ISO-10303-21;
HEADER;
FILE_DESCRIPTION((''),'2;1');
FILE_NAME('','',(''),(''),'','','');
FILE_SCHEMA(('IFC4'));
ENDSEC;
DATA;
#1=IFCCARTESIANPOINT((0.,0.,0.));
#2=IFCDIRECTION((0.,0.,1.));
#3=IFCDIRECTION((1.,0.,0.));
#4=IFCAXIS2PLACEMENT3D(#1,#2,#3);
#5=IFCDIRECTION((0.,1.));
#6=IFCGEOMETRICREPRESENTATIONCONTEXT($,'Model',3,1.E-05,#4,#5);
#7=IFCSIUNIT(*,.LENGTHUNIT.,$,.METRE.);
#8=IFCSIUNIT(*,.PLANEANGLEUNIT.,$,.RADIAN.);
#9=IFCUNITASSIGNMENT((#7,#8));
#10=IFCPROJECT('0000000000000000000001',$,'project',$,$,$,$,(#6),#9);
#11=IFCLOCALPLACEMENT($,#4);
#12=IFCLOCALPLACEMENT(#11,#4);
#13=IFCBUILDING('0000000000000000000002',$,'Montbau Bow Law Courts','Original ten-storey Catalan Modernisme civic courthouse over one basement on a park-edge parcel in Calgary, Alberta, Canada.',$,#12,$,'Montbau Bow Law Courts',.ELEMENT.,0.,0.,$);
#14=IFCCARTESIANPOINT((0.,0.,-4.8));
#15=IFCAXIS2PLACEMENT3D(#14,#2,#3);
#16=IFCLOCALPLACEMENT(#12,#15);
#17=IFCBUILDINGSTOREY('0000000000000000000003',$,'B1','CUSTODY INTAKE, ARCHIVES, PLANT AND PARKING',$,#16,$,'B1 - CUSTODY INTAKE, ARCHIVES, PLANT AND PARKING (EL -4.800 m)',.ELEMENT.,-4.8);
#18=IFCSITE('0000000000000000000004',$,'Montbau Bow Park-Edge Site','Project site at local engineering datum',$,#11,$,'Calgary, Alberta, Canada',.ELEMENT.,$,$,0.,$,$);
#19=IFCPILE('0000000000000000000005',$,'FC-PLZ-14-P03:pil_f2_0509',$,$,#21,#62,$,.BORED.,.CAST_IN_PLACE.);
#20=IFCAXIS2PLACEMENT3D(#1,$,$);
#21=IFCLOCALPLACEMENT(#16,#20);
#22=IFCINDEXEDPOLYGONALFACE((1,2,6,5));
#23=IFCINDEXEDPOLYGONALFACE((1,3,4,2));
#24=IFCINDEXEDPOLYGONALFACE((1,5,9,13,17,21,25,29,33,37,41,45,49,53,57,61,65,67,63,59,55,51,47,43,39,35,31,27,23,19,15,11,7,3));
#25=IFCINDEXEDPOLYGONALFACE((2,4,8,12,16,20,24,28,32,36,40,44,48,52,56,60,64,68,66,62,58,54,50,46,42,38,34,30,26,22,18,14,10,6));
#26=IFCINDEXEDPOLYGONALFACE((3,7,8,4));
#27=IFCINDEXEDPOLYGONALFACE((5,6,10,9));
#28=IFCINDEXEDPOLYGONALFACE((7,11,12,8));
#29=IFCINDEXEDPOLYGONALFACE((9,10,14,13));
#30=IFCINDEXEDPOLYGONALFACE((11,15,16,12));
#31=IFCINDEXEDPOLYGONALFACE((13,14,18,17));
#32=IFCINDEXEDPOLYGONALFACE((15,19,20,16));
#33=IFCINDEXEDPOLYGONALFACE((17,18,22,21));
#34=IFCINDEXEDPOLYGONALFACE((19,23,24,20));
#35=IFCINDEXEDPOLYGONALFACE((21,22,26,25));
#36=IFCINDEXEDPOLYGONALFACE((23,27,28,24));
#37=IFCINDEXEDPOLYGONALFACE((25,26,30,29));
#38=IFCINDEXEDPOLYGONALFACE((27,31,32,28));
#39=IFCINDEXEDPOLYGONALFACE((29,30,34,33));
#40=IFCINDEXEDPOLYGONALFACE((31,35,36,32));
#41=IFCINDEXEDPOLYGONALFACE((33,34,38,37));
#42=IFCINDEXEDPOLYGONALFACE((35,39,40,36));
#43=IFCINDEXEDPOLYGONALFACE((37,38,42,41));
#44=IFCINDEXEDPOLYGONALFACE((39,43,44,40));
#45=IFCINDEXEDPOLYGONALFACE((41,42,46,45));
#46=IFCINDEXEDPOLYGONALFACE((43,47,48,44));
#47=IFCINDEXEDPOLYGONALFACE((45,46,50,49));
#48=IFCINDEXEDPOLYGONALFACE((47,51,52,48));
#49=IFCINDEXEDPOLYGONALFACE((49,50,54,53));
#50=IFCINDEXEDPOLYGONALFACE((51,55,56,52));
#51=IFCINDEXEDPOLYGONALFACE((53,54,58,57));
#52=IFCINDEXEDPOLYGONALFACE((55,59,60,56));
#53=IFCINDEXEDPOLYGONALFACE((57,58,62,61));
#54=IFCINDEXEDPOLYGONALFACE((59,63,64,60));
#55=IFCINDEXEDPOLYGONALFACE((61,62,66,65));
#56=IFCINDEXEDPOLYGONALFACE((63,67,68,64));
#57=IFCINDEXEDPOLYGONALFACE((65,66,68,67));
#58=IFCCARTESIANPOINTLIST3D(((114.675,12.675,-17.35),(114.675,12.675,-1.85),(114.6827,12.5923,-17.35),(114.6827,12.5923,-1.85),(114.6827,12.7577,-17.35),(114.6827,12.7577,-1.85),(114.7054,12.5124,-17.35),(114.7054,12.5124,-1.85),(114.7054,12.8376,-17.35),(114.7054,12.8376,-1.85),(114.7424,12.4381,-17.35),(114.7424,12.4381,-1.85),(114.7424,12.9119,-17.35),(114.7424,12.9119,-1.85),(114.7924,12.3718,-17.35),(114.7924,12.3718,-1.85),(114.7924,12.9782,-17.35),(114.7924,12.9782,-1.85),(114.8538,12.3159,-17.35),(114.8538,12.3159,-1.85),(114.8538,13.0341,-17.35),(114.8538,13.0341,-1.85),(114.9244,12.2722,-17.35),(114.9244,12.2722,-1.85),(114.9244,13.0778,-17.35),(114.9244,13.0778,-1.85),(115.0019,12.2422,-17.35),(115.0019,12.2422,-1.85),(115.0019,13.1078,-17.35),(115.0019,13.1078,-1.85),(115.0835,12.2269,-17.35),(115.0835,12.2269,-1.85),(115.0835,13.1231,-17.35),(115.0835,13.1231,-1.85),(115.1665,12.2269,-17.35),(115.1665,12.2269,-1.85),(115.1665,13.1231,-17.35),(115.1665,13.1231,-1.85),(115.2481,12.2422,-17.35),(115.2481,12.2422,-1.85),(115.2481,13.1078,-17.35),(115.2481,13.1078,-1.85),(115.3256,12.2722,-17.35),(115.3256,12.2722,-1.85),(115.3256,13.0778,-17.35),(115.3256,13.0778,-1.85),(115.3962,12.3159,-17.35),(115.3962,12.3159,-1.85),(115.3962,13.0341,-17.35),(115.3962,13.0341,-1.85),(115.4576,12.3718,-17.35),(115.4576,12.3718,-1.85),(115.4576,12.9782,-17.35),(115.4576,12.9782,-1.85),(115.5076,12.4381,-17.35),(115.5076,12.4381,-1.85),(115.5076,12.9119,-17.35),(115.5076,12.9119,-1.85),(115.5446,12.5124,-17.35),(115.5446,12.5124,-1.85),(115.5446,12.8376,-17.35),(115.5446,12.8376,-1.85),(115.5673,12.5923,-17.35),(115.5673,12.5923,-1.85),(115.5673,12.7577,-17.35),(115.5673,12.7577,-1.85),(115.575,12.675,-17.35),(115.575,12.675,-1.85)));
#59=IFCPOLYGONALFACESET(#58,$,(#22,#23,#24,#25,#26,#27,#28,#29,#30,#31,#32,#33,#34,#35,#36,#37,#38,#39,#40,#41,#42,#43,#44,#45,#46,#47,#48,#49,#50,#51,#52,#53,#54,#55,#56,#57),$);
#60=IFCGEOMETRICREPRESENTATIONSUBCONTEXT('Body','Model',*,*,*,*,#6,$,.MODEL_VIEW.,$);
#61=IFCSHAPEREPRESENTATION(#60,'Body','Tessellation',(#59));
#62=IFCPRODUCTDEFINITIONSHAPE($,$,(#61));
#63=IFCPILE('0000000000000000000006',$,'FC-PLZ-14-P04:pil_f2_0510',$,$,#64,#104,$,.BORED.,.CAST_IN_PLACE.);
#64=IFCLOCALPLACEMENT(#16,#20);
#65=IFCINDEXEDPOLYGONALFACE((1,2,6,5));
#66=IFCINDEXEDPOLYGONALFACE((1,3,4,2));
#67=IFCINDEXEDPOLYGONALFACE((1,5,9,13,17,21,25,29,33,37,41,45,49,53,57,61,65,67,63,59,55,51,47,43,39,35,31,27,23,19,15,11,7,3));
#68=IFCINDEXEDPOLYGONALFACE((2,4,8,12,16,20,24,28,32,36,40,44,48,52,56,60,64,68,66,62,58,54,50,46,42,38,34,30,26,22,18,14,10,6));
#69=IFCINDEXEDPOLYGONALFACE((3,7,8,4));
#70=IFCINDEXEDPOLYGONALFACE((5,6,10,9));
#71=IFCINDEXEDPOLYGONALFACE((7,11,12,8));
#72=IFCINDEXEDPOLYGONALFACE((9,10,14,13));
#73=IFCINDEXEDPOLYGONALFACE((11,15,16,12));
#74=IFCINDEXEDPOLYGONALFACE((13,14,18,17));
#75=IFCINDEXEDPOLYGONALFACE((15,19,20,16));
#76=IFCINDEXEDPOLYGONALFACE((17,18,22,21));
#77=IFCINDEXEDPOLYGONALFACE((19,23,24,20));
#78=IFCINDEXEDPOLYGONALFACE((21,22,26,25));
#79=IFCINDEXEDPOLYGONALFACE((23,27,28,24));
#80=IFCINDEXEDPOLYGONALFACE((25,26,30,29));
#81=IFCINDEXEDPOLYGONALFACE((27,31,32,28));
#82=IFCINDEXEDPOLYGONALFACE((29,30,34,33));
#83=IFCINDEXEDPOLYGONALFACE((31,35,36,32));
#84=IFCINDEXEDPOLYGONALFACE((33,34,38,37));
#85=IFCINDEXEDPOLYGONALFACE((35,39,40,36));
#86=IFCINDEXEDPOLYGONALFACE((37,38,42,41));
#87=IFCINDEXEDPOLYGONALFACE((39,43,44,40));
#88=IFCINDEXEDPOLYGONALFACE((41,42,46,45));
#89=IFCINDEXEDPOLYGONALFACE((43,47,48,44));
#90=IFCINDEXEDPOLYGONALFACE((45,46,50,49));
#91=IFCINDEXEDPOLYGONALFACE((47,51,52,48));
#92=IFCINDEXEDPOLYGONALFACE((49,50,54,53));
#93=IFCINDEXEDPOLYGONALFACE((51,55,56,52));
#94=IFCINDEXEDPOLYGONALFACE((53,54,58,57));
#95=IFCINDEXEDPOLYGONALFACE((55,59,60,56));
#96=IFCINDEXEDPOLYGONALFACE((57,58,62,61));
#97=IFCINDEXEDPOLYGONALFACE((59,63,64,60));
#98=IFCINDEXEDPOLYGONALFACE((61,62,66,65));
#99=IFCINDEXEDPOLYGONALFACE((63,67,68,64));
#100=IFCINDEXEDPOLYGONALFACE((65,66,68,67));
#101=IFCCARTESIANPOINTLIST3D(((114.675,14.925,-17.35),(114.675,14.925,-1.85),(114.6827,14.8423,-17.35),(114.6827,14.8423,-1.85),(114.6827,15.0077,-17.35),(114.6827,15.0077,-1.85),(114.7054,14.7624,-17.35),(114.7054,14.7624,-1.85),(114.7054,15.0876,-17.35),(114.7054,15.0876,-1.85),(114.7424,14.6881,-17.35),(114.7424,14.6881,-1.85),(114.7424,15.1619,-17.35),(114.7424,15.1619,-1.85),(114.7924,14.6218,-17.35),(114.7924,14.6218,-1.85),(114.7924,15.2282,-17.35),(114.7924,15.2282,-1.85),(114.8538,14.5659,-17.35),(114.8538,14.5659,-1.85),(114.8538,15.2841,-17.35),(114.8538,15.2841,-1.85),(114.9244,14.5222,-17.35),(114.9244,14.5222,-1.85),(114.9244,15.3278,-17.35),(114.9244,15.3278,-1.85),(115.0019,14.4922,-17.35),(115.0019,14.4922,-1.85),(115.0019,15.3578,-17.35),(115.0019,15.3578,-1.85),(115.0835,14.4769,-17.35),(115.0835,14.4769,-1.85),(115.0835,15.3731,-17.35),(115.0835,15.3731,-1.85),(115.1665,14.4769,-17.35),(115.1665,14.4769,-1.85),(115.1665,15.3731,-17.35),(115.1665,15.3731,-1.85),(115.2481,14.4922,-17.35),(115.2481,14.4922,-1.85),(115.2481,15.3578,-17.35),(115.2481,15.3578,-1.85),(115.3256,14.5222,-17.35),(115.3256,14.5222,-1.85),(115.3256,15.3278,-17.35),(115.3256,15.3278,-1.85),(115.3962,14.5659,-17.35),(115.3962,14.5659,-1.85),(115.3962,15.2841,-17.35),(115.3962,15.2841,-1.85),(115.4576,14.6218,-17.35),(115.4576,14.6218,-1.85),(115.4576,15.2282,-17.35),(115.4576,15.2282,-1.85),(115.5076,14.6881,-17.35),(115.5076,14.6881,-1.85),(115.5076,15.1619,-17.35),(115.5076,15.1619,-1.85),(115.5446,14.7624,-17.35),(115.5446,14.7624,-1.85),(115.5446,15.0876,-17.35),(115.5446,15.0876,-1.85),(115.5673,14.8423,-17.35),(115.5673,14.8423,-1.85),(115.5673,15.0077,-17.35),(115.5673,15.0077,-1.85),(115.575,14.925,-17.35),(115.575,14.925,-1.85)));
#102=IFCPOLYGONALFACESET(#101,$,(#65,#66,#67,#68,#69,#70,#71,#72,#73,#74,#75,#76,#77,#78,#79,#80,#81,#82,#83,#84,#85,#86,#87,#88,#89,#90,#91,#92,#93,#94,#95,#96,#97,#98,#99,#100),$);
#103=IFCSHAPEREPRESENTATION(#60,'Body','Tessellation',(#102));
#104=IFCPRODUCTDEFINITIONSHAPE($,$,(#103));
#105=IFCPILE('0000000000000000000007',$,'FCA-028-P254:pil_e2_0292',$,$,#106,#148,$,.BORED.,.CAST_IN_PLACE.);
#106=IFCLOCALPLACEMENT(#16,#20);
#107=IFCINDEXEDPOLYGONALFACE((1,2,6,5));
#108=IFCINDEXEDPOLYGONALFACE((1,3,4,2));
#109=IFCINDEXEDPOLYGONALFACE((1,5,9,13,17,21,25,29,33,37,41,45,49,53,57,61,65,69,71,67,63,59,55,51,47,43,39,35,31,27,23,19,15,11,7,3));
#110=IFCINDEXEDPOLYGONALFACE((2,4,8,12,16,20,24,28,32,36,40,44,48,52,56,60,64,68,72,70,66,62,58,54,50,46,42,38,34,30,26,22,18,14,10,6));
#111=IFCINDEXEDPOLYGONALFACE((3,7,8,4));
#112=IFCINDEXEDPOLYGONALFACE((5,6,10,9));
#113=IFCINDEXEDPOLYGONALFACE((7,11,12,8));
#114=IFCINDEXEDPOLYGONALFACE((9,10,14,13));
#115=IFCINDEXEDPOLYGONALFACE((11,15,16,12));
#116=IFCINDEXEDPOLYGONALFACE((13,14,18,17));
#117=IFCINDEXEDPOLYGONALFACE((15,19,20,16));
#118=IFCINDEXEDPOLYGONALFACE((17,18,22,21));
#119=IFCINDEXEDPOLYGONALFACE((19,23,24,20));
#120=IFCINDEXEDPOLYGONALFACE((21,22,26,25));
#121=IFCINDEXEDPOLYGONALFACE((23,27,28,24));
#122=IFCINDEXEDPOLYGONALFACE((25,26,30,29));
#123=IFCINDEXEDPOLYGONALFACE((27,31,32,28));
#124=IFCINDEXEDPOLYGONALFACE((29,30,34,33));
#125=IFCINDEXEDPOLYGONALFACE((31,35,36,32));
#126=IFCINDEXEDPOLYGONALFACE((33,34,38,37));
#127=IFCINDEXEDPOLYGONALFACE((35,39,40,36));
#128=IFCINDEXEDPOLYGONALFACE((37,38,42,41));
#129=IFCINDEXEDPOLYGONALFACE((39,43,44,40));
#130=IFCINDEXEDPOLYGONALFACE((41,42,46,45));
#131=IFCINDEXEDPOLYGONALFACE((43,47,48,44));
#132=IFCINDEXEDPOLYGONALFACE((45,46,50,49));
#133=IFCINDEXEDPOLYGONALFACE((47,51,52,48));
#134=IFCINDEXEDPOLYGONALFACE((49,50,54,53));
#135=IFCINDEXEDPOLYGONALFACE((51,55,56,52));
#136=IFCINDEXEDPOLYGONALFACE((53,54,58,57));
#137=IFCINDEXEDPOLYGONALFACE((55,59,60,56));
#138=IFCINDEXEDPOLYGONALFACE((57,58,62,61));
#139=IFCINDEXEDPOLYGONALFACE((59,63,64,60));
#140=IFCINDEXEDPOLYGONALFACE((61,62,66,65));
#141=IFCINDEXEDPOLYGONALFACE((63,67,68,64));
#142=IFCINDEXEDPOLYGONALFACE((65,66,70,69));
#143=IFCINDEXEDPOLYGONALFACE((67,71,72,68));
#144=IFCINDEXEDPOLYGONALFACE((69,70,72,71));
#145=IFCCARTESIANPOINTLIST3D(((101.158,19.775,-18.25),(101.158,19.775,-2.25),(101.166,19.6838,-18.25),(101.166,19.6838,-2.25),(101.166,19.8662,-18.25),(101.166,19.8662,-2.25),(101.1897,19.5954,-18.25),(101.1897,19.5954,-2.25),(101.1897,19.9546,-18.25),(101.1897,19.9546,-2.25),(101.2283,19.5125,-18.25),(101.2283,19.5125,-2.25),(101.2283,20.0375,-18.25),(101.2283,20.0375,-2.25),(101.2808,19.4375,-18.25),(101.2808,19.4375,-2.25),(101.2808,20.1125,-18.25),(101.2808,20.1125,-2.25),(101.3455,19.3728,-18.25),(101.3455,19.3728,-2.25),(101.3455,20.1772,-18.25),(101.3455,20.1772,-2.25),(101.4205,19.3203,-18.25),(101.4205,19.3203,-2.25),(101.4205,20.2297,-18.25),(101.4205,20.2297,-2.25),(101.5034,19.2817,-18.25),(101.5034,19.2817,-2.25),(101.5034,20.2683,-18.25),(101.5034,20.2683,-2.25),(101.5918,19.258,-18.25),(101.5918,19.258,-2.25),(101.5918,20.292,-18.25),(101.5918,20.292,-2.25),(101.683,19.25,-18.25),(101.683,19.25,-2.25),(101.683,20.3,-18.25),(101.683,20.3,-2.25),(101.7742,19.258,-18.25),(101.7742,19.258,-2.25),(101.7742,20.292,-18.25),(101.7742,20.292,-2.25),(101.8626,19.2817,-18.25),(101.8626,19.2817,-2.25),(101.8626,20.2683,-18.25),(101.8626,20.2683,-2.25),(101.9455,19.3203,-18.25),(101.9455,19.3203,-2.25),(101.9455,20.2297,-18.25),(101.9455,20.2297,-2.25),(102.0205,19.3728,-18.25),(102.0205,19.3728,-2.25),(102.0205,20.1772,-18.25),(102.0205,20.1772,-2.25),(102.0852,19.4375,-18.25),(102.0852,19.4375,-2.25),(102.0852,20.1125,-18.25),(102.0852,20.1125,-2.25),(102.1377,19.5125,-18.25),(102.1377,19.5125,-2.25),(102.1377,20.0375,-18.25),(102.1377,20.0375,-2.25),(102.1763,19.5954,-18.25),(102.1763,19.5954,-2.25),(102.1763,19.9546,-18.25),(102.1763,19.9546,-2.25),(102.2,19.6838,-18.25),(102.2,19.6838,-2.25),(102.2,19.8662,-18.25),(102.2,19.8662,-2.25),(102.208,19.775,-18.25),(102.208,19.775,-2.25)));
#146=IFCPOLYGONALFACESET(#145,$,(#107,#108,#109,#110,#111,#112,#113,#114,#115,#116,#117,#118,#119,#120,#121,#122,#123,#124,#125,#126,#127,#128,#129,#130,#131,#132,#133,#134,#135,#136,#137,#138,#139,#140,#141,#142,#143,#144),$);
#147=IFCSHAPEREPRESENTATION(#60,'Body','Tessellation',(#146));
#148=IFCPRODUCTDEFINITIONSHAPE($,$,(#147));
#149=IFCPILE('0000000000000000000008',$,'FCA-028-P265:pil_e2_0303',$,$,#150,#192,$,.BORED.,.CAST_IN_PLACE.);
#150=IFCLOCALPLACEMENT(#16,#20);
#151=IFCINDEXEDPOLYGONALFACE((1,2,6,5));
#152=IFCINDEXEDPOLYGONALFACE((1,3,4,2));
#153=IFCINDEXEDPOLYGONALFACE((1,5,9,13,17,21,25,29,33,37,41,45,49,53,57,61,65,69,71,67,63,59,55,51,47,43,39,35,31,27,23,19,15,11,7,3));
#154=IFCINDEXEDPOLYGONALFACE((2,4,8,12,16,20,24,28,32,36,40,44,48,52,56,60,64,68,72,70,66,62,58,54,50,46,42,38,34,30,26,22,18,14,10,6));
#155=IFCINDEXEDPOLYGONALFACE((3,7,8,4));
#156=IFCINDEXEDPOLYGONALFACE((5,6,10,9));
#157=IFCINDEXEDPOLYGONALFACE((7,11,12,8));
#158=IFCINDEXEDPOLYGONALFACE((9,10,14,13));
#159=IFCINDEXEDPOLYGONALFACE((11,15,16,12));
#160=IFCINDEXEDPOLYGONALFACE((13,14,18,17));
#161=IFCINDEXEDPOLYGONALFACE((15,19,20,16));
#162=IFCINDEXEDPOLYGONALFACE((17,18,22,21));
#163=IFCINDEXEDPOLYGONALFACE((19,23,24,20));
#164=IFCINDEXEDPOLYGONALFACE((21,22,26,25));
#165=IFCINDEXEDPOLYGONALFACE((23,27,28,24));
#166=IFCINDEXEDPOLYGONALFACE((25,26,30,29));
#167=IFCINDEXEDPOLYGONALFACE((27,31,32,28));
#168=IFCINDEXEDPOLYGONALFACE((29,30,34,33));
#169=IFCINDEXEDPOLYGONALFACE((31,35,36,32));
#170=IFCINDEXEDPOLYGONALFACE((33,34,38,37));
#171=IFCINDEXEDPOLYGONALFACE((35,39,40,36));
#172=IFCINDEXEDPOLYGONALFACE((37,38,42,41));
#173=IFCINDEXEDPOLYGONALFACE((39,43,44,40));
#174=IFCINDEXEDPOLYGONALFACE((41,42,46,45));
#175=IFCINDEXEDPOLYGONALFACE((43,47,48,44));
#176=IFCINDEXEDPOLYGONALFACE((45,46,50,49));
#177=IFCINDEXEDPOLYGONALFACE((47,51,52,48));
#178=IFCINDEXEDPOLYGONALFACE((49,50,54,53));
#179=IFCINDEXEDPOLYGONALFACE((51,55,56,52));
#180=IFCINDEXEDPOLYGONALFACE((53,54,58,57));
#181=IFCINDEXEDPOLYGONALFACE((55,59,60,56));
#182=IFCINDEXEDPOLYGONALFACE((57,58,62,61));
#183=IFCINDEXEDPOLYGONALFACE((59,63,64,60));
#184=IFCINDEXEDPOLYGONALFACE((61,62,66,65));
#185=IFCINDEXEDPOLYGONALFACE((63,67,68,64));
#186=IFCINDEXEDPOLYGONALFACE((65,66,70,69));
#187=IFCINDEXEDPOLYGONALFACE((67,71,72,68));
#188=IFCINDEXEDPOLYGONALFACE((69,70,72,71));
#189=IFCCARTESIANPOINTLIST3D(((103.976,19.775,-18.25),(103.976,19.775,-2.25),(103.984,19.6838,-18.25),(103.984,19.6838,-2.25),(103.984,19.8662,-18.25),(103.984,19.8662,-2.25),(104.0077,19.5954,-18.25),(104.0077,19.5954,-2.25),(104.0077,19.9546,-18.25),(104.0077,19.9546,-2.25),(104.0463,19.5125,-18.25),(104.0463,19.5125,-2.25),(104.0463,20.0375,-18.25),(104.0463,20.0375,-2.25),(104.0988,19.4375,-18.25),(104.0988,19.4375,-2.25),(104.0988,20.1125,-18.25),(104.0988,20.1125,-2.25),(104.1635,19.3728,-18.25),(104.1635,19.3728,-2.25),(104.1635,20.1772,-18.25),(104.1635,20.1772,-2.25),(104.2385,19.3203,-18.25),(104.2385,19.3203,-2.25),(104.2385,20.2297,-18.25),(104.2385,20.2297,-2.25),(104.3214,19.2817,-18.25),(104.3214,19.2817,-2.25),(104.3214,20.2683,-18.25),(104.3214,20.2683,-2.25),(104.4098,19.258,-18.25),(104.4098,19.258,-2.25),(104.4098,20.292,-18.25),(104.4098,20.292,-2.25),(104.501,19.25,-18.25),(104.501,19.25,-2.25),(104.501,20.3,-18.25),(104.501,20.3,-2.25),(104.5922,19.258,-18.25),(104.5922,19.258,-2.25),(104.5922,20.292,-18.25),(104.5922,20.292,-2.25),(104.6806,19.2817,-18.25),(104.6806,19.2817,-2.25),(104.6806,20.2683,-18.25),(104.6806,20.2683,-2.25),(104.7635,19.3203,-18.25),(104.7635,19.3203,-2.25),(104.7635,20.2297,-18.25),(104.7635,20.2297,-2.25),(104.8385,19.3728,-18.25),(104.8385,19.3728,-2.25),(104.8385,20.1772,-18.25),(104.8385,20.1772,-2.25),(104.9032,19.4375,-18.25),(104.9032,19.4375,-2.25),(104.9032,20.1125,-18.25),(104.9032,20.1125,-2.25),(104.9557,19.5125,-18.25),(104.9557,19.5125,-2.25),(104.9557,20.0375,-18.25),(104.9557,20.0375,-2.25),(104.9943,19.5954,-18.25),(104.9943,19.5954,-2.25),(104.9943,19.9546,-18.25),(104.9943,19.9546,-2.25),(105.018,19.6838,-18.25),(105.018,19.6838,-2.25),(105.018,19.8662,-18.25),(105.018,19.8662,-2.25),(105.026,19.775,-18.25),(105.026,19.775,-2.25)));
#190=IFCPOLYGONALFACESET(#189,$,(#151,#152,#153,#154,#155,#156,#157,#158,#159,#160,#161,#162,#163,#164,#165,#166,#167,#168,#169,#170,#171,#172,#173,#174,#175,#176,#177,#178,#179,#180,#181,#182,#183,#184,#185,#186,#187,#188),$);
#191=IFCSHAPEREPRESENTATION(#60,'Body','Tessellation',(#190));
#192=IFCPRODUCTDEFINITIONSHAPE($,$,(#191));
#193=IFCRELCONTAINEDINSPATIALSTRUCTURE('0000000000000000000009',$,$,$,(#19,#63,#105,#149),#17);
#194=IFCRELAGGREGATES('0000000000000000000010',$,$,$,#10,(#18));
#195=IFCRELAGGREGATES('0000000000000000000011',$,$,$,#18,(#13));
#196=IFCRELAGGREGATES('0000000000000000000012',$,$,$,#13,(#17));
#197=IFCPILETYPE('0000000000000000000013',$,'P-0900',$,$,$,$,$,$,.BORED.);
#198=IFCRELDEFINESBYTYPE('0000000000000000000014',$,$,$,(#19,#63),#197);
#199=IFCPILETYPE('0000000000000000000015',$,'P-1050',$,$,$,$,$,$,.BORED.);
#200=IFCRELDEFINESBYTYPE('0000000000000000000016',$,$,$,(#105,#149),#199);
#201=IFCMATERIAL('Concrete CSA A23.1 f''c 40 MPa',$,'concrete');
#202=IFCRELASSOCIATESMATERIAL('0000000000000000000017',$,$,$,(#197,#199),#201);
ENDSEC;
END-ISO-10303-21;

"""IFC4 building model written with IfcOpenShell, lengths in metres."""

from ifc_helpers import new_model, si_unit, direction, frame, origin_with_axes, origin_2d_with_axis, place, context, subcontext, project, spatial, circle, extrude, material, material_profile, profile_set, type_object, element, save


model = new_model("IFC4")

# Units and contexts
model_context = context("Model", 3, precision=1e-05, world=origin_with_axes(), true_north=direction((0.0, 1.0)))
body_context = subcontext(model_context, "Body", "Model", "MODEL_VIEW")
ifc_project = project(units=[si_unit("LENGTHUNIT", "METRE"), si_unit("PLANEANGLEUNIT", "RADIAN")], contexts=[model_context])

# Site, building, storey
site_placement = place(None, origin_with_axes())
site = spatial("IfcSite", under=ifc_project, at=site_placement, Name="Montbau Bow Park-Edge Site", Description="Project site at local engineering datum", LongName="Calgary, Alberta, Canada", CompositionType="ELEMENT", RefElevation=0.0)
building_placement = place(site_placement, origin_with_axes())
building = spatial("IfcBuilding", under=site, at=building_placement, Name="Montbau Bow Law Courts", Description="Original ten-storey Catalan Modernisme civic courthouse over one basement on a park-edge parcel in Calgary, Alberta, Canada.", LongName="Montbau Bow Law Courts", CompositionType="ELEMENT", ElevationOfRefHeight=0.0, ElevationOfTerrain=0.0)
storey_placement = place(building_placement, frame((0.0, 0.0, -4.8), z_axis=(0.0, 0.0, 1.0), x_axis=(1.0, 0.0, 0.0)))
storey = spatial("IfcBuildingStorey", under=building, at=storey_placement, Name="B1", Description="CUSTODY INTAKE, ARCHIVES, PLANT AND PARKING", LongName="B1 - CUSTODY INTAKE, ARCHIVES, PLANT AND PARKING (EL -4.800 m)", CompositionType="ELEMENT", Elevation=-4.8)

# Piles
ifc_material_1 = material(Name="Concrete CSA A23.1 f'c 40 MPa", Category="concrete")
ifc_material_profile_1 = material_profile(ifc_material_1, circle(Radius=0.45, at=origin_2d_with_axis()), Name="BP900", Category="Main", Priority=0)
ifc_profile_set_1 = profile_set([ifc_material_profile_1], Name="Concrete CSA A23.1 f'c 40 MPa")
pile_type_1 = type_object("IfcPileType", Name="P-0900", PredefinedType="BORED", material=ifc_profile_set_1)
for number, where, z_axis, x_axis, name in (
    (1, (115.125, 12.675, -22.15), (0.0, 0.0, 1.0), (1.0, 0.0, 0.0), "FC-PLZ-14-P03:pil_f2_0509"),
    (2, (115.125, 14.925, -22.15), (0.0, 0.0, 1.0), (1.0, 0.0, 0.0), "FC-PLZ-14-P04:pil_f2_0510"),
):
    element("IfcPile", number, at=place(None, frame(where, z_axis=z_axis, x_axis=x_axis)), inside=storey, type_object=pile_type_1, Name=name, ConstructionType="CAST_IN_PLACE", PredefinedType="BORED", context=body_context, shape_type="SweptSolid", body=[
        extrude(circle(Radius=0.45, at=origin_2d_with_axis()), origin_with_axes(), (0.0, 0.0, 1.0), 15.5),
    ])
ifc_material_profile_2 = material_profile(ifc_material_1, circle(Radius=0.525, at=origin_2d_with_axis()), Name="BP1050", Category="Main", Priority=0)
ifc_profile_set_2 = profile_set([ifc_material_profile_2], Name="Concrete CSA A23.1 f'c 40 MPa")
pile_type_2 = type_object("IfcPileType", Name="P-1050", PredefinedType="BORED", material=ifc_profile_set_2)
for number, where, z_axis, x_axis, name in (
    (3, (101.683, 19.775, -23.05), (0.0, 0.0, 1.0), (1.0, 0.0, 0.0), "FCA-028-P254:pil_e2_0292"),
    (4, (104.501, 19.775, -23.05), (0.0, 0.0, 1.0), (1.0, 0.0, 0.0), "FCA-028-P265:pil_e2_0303"),
):
    element("IfcPile", number, at=place(None, frame(where, z_axis=z_axis, x_axis=x_axis)), inside=storey, type_object=pile_type_2, Name=name, ConstructionType="CAST_IN_PLACE", PredefinedType="BORED", context=body_context, shape_type="SweptSolid", body=[
        extrude(circle(Radius=0.525, at=origin_2d_with_axis()), origin_with_axes(), (0.0, 0.0, 1.0), 16.0),
    ])

save(model, "model.ifc")
